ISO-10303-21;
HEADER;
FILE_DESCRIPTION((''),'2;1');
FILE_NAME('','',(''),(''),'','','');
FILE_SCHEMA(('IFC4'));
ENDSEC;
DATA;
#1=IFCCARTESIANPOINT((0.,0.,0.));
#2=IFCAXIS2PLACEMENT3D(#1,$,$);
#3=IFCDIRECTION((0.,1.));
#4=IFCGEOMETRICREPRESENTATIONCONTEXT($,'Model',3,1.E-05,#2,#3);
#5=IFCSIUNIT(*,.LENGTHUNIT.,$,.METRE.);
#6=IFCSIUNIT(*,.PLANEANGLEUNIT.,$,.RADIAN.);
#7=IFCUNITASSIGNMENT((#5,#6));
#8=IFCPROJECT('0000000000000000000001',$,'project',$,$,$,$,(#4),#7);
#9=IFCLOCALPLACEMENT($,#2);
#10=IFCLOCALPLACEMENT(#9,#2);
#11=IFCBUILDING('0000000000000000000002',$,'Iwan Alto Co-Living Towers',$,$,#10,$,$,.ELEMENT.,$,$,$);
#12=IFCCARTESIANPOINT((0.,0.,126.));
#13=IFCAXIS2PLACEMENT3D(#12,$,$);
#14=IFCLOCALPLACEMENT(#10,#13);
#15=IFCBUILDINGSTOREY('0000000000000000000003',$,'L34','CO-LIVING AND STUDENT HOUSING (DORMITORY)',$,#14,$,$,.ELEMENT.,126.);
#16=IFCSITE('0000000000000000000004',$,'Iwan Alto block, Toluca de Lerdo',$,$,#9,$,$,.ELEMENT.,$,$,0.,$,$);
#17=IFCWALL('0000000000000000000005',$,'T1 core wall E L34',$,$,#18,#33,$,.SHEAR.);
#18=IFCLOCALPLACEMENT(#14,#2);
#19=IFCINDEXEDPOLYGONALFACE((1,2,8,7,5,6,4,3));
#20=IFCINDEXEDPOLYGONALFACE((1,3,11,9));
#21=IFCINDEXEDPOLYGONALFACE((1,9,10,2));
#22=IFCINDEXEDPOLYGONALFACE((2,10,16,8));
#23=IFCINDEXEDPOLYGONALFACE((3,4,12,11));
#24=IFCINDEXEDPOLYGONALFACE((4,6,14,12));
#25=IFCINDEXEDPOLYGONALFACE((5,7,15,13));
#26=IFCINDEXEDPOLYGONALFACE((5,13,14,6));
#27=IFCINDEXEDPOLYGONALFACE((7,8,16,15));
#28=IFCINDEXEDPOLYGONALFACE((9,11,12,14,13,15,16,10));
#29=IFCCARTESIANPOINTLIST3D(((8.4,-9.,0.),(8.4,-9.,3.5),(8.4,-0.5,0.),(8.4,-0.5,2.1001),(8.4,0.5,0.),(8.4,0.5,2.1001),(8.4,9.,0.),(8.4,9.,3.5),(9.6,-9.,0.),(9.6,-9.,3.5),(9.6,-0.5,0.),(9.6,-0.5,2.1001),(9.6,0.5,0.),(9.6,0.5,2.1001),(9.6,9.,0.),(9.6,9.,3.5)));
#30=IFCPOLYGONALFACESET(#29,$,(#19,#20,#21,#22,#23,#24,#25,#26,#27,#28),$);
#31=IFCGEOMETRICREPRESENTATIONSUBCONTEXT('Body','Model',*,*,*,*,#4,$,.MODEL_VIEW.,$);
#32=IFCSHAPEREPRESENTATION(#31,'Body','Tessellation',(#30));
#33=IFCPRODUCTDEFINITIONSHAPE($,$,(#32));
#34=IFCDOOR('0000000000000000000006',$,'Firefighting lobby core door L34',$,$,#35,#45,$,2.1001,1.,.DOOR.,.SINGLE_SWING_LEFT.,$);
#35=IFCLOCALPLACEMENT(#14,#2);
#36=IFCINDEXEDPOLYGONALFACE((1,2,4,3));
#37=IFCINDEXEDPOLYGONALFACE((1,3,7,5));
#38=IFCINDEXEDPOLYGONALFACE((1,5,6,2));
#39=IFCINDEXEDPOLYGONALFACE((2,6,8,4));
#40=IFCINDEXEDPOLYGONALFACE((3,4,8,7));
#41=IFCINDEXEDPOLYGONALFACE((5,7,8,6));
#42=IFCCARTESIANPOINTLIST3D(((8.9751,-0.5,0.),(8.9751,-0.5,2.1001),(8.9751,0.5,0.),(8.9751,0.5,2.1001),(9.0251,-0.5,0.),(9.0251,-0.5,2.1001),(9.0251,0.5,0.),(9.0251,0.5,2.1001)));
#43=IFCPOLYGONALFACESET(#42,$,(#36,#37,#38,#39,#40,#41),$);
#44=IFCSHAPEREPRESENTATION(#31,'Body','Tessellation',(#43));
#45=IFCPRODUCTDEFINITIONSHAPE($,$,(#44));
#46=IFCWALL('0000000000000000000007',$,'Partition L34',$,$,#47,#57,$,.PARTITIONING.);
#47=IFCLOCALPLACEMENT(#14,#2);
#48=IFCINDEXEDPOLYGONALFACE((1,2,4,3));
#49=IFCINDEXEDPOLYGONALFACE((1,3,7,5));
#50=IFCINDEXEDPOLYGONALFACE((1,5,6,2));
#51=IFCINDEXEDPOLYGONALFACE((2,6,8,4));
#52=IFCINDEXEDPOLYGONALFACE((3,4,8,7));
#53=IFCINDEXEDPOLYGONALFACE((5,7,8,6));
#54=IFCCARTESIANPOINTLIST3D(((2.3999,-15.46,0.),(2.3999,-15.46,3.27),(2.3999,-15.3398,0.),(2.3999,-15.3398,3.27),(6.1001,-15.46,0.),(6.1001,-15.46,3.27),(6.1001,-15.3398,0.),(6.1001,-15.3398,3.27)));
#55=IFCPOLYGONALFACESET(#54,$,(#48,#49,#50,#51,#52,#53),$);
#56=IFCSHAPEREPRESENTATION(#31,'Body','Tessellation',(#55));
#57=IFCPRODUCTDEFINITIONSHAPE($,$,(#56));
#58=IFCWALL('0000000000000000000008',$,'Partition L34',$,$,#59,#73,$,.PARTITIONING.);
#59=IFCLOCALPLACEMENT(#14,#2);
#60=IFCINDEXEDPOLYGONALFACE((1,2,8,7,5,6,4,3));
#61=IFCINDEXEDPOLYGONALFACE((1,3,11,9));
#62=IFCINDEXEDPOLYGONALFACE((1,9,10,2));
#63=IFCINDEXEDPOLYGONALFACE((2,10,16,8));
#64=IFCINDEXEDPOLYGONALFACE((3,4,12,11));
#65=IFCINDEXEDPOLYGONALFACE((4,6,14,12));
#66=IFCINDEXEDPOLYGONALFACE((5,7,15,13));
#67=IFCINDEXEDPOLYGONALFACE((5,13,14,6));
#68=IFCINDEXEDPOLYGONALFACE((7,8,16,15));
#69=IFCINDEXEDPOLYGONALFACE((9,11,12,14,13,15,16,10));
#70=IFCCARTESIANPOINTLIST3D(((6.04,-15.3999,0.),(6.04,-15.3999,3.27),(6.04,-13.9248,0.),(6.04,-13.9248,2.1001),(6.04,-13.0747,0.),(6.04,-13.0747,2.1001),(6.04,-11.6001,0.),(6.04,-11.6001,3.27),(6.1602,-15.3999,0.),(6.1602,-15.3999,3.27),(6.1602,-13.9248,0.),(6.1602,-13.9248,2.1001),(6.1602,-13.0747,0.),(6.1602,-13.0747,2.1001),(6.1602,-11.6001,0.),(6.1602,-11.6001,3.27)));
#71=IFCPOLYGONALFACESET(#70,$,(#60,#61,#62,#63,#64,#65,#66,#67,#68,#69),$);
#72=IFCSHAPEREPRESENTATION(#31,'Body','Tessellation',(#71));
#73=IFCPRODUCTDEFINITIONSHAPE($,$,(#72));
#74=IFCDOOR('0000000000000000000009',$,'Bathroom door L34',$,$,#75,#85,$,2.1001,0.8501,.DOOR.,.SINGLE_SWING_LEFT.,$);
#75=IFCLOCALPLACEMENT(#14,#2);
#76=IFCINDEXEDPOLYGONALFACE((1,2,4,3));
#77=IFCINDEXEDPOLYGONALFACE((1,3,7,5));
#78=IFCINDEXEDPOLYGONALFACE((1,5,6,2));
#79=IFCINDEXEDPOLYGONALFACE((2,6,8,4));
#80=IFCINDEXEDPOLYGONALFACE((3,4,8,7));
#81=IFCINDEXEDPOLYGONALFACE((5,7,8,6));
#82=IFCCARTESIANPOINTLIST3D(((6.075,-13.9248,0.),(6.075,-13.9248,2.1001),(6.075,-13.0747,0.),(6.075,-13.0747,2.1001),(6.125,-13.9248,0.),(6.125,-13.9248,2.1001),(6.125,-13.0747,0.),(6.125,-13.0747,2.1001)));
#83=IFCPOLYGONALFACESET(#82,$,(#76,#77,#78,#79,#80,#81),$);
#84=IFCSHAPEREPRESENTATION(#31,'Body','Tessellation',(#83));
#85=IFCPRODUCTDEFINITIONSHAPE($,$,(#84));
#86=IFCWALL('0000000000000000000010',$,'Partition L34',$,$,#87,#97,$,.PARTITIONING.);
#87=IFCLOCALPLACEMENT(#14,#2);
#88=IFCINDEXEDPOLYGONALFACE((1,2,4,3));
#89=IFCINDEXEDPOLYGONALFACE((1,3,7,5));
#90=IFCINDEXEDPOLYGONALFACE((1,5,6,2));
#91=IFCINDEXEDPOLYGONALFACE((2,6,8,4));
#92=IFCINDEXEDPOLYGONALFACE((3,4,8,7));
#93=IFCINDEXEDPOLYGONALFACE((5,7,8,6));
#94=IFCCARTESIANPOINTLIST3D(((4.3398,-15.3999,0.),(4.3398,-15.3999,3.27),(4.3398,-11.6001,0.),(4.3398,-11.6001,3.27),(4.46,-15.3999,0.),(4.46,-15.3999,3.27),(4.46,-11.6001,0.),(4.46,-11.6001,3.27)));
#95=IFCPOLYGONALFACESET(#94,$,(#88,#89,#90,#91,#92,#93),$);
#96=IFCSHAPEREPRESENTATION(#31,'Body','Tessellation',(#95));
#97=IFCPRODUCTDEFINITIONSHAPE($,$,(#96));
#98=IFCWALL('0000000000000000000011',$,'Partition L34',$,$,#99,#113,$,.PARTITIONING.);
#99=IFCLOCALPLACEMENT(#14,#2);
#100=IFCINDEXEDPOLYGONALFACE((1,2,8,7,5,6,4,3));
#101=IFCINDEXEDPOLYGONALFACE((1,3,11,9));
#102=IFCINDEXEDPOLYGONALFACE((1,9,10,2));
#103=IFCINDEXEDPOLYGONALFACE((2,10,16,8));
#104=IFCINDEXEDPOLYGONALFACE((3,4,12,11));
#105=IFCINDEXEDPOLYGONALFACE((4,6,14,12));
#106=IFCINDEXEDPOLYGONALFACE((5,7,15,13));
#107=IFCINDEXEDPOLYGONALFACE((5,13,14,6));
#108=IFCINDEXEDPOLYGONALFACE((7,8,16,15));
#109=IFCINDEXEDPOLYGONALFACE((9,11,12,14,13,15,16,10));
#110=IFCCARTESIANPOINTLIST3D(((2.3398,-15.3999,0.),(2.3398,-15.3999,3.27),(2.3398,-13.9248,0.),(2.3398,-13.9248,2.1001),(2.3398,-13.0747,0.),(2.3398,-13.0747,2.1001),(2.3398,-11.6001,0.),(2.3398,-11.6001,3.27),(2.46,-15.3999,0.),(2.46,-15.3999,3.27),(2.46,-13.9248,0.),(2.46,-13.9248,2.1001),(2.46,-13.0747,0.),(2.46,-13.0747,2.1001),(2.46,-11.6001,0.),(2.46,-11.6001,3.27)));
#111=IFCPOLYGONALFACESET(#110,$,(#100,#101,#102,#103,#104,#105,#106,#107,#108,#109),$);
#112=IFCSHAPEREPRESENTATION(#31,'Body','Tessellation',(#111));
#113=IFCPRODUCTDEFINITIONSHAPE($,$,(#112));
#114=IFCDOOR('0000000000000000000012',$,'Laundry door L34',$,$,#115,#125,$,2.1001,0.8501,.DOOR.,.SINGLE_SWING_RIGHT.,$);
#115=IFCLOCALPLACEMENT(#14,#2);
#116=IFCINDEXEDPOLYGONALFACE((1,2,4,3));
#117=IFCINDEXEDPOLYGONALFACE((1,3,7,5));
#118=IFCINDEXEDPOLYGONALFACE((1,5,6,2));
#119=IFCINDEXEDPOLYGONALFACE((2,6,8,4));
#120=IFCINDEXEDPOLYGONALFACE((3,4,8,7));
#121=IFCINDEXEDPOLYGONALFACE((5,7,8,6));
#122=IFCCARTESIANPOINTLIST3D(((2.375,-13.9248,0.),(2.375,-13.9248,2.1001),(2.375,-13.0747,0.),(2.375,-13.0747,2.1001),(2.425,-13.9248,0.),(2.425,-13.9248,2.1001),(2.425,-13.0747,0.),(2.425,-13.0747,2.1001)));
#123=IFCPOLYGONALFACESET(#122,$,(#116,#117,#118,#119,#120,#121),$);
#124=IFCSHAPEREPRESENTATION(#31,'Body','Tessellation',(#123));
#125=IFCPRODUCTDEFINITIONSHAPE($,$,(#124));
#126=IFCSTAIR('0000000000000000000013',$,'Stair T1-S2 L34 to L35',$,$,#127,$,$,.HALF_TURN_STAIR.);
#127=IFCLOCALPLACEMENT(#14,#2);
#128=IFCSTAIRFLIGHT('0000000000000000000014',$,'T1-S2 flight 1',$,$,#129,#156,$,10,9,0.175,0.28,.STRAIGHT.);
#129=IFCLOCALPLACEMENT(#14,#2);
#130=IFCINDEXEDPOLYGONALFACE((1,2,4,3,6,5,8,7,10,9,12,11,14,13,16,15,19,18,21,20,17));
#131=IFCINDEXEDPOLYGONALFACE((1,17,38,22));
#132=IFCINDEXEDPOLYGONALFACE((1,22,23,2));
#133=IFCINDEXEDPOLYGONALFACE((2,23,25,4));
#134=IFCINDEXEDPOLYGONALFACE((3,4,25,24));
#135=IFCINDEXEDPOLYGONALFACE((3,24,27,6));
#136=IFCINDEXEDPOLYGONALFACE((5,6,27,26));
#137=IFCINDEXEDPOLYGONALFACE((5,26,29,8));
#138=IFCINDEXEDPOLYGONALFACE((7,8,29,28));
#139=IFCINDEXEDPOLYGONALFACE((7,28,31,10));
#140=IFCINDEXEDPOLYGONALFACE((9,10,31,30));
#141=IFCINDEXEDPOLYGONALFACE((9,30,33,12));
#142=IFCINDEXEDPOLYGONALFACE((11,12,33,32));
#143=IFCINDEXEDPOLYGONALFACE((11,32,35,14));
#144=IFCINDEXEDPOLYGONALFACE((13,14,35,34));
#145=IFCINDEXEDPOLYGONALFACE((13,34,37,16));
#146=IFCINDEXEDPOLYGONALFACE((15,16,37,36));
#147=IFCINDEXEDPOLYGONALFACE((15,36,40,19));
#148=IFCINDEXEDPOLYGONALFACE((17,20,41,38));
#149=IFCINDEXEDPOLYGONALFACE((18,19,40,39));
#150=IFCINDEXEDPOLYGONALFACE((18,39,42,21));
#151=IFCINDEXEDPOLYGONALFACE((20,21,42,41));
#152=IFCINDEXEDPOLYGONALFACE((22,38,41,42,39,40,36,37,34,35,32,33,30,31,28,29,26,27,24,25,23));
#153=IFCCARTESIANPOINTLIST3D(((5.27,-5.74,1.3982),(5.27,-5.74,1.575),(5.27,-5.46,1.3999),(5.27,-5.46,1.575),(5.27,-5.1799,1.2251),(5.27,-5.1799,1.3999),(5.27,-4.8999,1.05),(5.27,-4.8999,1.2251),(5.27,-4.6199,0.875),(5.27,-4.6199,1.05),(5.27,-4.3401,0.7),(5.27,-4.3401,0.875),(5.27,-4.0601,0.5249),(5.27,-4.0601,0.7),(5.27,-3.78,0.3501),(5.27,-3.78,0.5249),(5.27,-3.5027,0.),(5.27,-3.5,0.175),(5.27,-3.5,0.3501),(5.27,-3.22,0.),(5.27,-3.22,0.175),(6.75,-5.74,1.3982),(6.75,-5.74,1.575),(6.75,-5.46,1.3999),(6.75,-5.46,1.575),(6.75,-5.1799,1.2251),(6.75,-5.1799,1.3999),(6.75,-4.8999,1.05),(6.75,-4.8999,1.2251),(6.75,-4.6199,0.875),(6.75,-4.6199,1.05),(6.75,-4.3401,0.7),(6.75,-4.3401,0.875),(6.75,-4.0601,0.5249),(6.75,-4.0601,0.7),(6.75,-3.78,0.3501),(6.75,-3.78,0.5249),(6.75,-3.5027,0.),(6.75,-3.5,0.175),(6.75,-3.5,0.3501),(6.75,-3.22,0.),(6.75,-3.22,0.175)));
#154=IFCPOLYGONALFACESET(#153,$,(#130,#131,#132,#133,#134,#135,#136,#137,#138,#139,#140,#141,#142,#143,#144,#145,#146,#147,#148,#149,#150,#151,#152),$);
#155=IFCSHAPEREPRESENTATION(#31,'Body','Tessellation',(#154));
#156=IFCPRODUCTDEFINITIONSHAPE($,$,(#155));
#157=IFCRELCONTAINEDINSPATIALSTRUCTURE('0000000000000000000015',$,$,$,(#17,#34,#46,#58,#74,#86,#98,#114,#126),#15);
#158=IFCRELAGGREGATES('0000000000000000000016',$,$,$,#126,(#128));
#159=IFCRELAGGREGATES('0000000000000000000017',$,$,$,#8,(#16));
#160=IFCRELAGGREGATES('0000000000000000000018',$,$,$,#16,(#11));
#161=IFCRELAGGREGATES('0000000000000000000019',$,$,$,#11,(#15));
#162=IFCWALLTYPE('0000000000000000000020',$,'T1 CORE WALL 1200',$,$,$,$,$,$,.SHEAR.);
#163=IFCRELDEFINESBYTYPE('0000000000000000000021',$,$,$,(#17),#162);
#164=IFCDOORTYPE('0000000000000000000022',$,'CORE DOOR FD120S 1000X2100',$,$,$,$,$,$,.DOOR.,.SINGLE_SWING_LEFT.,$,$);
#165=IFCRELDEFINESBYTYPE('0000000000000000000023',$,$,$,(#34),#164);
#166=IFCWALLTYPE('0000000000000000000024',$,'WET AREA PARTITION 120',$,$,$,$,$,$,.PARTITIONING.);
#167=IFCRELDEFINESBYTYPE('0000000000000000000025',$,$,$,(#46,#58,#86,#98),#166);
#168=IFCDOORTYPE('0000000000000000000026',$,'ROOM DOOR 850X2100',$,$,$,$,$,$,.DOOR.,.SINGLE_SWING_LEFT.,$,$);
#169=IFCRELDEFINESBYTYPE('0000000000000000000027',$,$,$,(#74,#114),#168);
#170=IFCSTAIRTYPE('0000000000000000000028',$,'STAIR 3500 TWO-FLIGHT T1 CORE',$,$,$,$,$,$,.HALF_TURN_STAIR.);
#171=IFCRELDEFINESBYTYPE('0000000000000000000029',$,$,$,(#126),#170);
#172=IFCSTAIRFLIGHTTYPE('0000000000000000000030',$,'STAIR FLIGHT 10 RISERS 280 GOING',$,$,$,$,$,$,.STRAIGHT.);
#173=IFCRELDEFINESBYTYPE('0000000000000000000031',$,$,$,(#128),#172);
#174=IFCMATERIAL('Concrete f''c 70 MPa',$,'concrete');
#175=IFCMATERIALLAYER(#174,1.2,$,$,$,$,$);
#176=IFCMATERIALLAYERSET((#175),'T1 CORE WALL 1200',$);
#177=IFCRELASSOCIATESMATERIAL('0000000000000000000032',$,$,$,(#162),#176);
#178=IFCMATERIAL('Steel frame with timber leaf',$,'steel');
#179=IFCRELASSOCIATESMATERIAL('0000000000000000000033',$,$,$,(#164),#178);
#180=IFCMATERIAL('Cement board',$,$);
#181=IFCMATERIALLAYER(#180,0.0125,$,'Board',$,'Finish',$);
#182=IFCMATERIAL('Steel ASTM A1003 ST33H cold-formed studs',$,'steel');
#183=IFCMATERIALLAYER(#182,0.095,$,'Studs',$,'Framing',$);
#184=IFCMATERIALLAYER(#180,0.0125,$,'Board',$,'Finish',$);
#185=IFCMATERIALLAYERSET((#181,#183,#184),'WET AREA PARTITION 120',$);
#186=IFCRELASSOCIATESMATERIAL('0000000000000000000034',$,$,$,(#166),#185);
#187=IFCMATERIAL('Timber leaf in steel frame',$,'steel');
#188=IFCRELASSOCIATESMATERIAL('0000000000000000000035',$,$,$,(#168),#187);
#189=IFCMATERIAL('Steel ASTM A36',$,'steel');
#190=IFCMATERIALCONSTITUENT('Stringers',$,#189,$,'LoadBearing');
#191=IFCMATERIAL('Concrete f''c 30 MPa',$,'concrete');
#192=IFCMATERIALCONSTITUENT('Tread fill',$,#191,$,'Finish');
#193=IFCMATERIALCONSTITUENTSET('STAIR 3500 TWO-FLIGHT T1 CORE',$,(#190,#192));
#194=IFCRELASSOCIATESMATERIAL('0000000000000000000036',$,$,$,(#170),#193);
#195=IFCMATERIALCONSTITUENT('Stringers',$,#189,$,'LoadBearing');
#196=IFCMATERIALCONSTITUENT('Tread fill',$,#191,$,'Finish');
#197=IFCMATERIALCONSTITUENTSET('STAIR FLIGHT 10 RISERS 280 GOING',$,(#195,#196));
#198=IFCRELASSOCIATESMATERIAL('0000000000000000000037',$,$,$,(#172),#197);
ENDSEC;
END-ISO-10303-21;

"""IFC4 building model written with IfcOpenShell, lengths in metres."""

from ifc_helpers import new_model, si_unit, direction, frame, frame_2d, origin, place, context, subcontext, project, spatial, polyline, rectangle, outline, extrude, material, layer, layer_set, constituent, constituent_set, type_object, element, fill, aggregate, save


model = new_model("IFC4")

# Units and contexts
model_context = context("Model", 3, precision=1e-05, world=origin(), true_north=direction((0.0, 1.0)))
body_context = subcontext(model_context, "Body", "Model", "MODEL_VIEW")
ifc_project = project(units=[si_unit("LENGTHUNIT", "METRE"), si_unit("PLANEANGLEUNIT", "RADIAN")], contexts=[model_context])

# Site, building, storey
site_placement = place(None, origin())
site = spatial("IfcSite", under=ifc_project, at=site_placement, Name="Iwan Alto block, Toluca de Lerdo", CompositionType="ELEMENT", RefElevation=0.0)
building_placement = place(site_placement, origin())
building = spatial("IfcBuilding", under=site, at=building_placement, Name="Iwan Alto Co-Living Towers", CompositionType="ELEMENT")
storey_placement = place(building_placement, frame((0.0, 0.0, 126.0)))
storey = spatial("IfcBuildingStorey", under=building, at=storey_placement, Name="L34", Description="CO-LIVING AND STUDENT HOUSING (DORMITORY)", CompositionType="ELEMENT", Elevation=126.0)

# Wall, opening, door
ifc_material_1 = material(Name="Concrete f'c 70 MPa", Category="concrete")
ifc_layer_1 = layer(ifc_material_1, 1.2)
ifc_layer_set_1 = layer_set([ifc_layer_1], Name="T1 CORE WALL 1200")
wall_type_1 = type_object("IfcWallType", Name="T1 CORE WALL 1200", PredefinedType="SHEAR", material=ifc_layer_set_1)
wall_1_placement = place(storey_placement, frame((9.0, -9.0, 0.0), z_axis=(0.0, 0.0, 1.0), x_axis=(0.0, 1.0, 0.0)))
wall_1 = element("IfcWall", 1, at=wall_1_placement, inside=storey, type_object=wall_type_1, Name="T1 core wall E L34", PredefinedType="SHEAR", context=body_context, shape_type="SweptSolid", body=[
    extrude(rectangle(XDim=18.0, YDim=1.2, at=frame_2d((9.0, 0.0))), origin(), (0.0, 0.0, 1.0), 3.5),
])
opening_1_placement = place(wall_1_placement, frame((8.5, 0.0, 0.0)))
opening_1 = element("IfcOpeningElement", 2, at=opening_1_placement, cuts=wall_1, PredefinedType="OPENING", context=body_context, shape_type="SweptSolid", body=[
    extrude(rectangle(XDim=1.0, YDim=2.1001, at=frame_2d((0.5, 1.05))), frame((0.0, 0.6099, 0.0), z_axis=(0.0, -1.0, 0.0), x_axis=(1.0, 0.0, 0.0)), (0.0, 0.0, 1.0), 1.22),
])
ifc_material_2 = material(Name="Steel frame with timber leaf", Category="steel")
door_type_1 = type_object("IfcDoorType", Name="CORE DOOR FD120S 1000X2100", OperationType="SINGLE_SWING_LEFT", PredefinedType="DOOR", material=ifc_material_2)
door_1_placement = place(opening_1_placement, origin())
door_1 = element("IfcDoor", 3, at=door_1_placement, inside=storey, type_object=door_type_1, Name="Firefighting lobby core door L34", OperationType="SINGLE_SWING_LEFT", OverallHeight=2.1001, OverallWidth=1.0, PredefinedType="DOOR", context=body_context, shape_type="SweptSolid", body=[
    extrude(rectangle(XDim=1.0, YDim=2.1001, at=frame_2d((0.5, 1.05))), frame((0.0, 0.0249, 0.0), z_axis=(0.0, -1.0, 0.0), x_axis=(1.0, 0.0, 0.0)), (0.0, 0.0, 1.0), 0.05),
])
fill(opening_1, door_1)

# Wall
ifc_material_3 = material(Name="Cement board")
ifc_layer_2 = layer(ifc_material_3, 0.0125, Name="Board", Category="Finish")
ifc_material_4 = material(Name="Steel ASTM A1003 ST33H cold-formed studs", Category="steel")
ifc_layer_3 = layer(ifc_material_4, 0.095, Name="Studs", Category="Framing")
ifc_layer_4 = layer(ifc_material_3, 0.0125, Name="Board", Category="Finish")
ifc_layer_set_2 = layer_set([ifc_layer_2, ifc_layer_3, ifc_layer_4], Name="WET AREA PARTITION 120")
wall_type_2 = type_object("IfcWallType", Name="WET AREA PARTITION 120", PredefinedType="PARTITIONING", material=ifc_layer_set_2)
wall_2_placement = place(storey_placement, frame((2.3999, -15.3999, 0.0), z_axis=(0.0, 0.0, 1.0), x_axis=(1.0, 0.0, 0.0)))
element("IfcWall", 4, at=wall_2_placement, inside=storey, type_object=wall_type_2, Name="Partition L34", PredefinedType="PARTITIONING", context=body_context, shape_type="SweptSolid", body=[
    extrude(rectangle(XDim=3.7002, YDim=0.1201, at=frame_2d((1.8501, 0.0))), origin(), (0.0, 0.0, 1.0), 3.27),
])

# Wall, opening, door
wall_3_placement = place(storey_placement, frame((6.1001, -15.3999, 0.0), z_axis=(0.0, 0.0, 1.0), x_axis=(0.0, 1.0, 0.0)))
wall_3 = element("IfcWall", 5, at=wall_3_placement, inside=storey, type_object=wall_type_2, Name="Partition L34", PredefinedType="PARTITIONING", context=body_context, shape_type="SweptSolid", body=[
    extrude(rectangle(XDim=3.7998, YDim=0.1201, at=frame_2d((1.8999, 0.0))), origin(), (0.0, 0.0, 1.0), 3.27),
])
opening_2_placement = place(wall_3_placement, frame((1.4751, 0.0, 0.0)))
opening_2 = element("IfcOpeningElement", 6, at=opening_2_placement, cuts=wall_3, PredefinedType="OPENING", context=body_context, shape_type="SweptSolid", body=[
    extrude(rectangle(XDim=0.8501, YDim=2.1001, at=frame_2d((0.425, 1.05))), frame((0.0, 0.0701, 0.0), z_axis=(0.0, -1.0, 0.0), x_axis=(1.0, 0.0, 0.0)), (0.0, 0.0, 1.0), 0.1401),
])
ifc_material_5 = material(Name="Timber leaf in steel frame", Category="steel")
door_type_2 = type_object("IfcDoorType", Name="ROOM DOOR 850X2100", OperationType="SINGLE_SWING_LEFT", PredefinedType="DOOR", material=ifc_material_5)
door_2_placement = place(opening_2_placement, frame((0.8501, 0.0, 0.0), z_axis=(0.0, 0.0, 1.0), x_axis=(-1.0, 0.0, 0.0)))
door_2 = element("IfcDoor", 7, at=door_2_placement, inside=storey, type_object=door_type_2, Name="Bathroom door L34", OperationType="SINGLE_SWING_LEFT", OverallHeight=2.1001, OverallWidth=0.8501, PredefinedType="DOOR", context=body_context, shape_type="SweptSolid", body=[
    extrude(rectangle(XDim=0.8501, YDim=2.1001, at=frame_2d((0.425, 1.05))), frame((0.0, 0.0249, 0.0), z_axis=(0.0, -1.0, 0.0), x_axis=(1.0, 0.0, 0.0)), (0.0, 0.0, 1.0), 0.05),
])
fill(opening_2, door_2)

# Wall
wall_4_placement = place(storey_placement, frame((4.3999, -15.3999, 0.0), z_axis=(0.0, 0.0, 1.0), x_axis=(0.0, 1.0, 0.0)))
element("IfcWall", 8, at=wall_4_placement, inside=storey, type_object=wall_type_2, Name="Partition L34", PredefinedType="PARTITIONING", context=body_context, shape_type="SweptSolid", body=[
    extrude(rectangle(XDim=3.7998, YDim=0.1201, at=frame_2d((1.8999, 0.0))), origin(), (0.0, 0.0, 1.0), 3.27),
])

# Wall, opening, door
wall_5_placement = place(storey_placement, frame((2.3999, -15.3999, 0.0), z_axis=(0.0, 0.0, 1.0), x_axis=(0.0, 1.0, 0.0)))
wall_5 = element("IfcWall", 9, at=wall_5_placement, inside=storey, type_object=wall_type_2, Name="Partition L34", PredefinedType="PARTITIONING", context=body_context, shape_type="SweptSolid", body=[
    extrude(rectangle(XDim=3.7998, YDim=0.1201, at=frame_2d((1.8999, 0.0))), origin(), (0.0, 0.0, 1.0), 3.27),
])
opening_3_placement = place(wall_5_placement, frame((1.4751, 0.0, 0.0)))
opening_3 = element("IfcOpeningElement", 10, at=opening_3_placement, cuts=wall_5, PredefinedType="OPENING", context=body_context, shape_type="SweptSolid", body=[
    extrude(rectangle(XDim=0.8501, YDim=2.1001, at=frame_2d((0.425, 1.05))), frame((0.0, 0.0701, 0.0), z_axis=(0.0, -1.0, 0.0), x_axis=(1.0, 0.0, 0.0)), (0.0, 0.0, 1.0), 0.1401),
])
door_3_placement = place(opening_3_placement, origin())
door_3 = element("IfcDoor", 11, at=door_3_placement, inside=storey, type_object=door_type_2, Name="Laundry door L34", OperationType="SINGLE_SWING_RIGHT", OverallHeight=2.1001, OverallWidth=0.8501, PredefinedType="DOOR", context=body_context, shape_type="SweptSolid", body=[
    extrude(rectangle(XDim=0.8501, YDim=2.1001, at=frame_2d((0.425, 1.05))), frame((0.0, 0.0249, 0.0), z_axis=(0.0, -1.0, 0.0), x_axis=(1.0, 0.0, 0.0)), (0.0, 0.0, 1.0), 0.05),
])
fill(opening_3, door_3)

# Stair, stair flight
ifc_material_6 = material(Name="Steel ASTM A36", Category="steel")
ifc_constituent_1 = constituent(ifc_material_6, Name="Stringers", Category="LoadBearing")
ifc_material_7 = material(Name="Concrete f'c 30 MPa", Category="concrete")
ifc_constituent_2 = constituent(ifc_material_7, Name="Tread fill", Category="Finish")
ifc_constituent_set_1 = constituent_set(constituents=[ifc_constituent_1, ifc_constituent_2], Name="STAIR 3500 TWO-FLIGHT T1 CORE")
stair_type = type_object("IfcStairType", Name="STAIR 3500 TWO-FLIGHT T1 CORE", PredefinedType="HALF_TURN_STAIR", material=ifc_constituent_set_1)
stair_placement = place(storey_placement, origin())
stair = element("IfcStair", 12, at=stair_placement, inside=storey, type_object=stair_type, Name="Stair T1-S2 L34 to L35", PredefinedType="HALF_TURN_STAIR")
ifc_constituent_3 = constituent(ifc_material_6, Name="Stringers", Category="LoadBearing")
ifc_constituent_4 = constituent(ifc_material_7, Name="Tread fill", Category="Finish")
ifc_constituent_set_2 = constituent_set(constituents=[ifc_constituent_3, ifc_constituent_4], Name="STAIR FLIGHT 10 RISERS 280 GOING")
stair_flight_type = type_object("IfcStairFlightType", Name="STAIR FLIGHT 10 RISERS 280 GOING", PredefinedType="STRAIGHT", material=ifc_constituent_set_2)
stair_flight_1_placement = place(storey_placement, frame((6.01, -3.22, 0.0), z_axis=(0.0, 0.0, 1.0), x_axis=(0.0, -1.0, 0.0)))
stair_flight_1 = element("IfcStairFlight", 13, at=stair_flight_1_placement, type_object=stair_flight_type, Name="T1-S2 flight 1", NumberOfRisers=10, NumberOfTreads=9, PredefinedType="STRAIGHT", RiserHeight=0.175, TreadLength=0.28, context=body_context, shape_type="SweptSolid", body=[
    extrude(outline(polyline([(0.0, 0.0), (0.0, 0.175), (0.28, 0.175), (0.28, 0.3501), (0.5601, 0.3501), (0.5601, 0.5249), (0.8401, 0.5249), (0.8401, 0.7), (1.1201, 0.7), (1.1201, 0.875), (1.3999, 0.875), (1.3999, 1.05), (1.6799, 1.05), (1.6799, 1.2251), (1.96, 1.2251), (1.96, 1.3999), (2.24, 1.3999), (2.24, 1.575), (2.52, 1.575), (2.52, 1.75), (2.52, 1.3982), (0.2827, 0.0), (0.0, 0.0)])), frame((0.0, 0.74, 0.0), z_axis=(0.0, -1.0, 0.0), x_axis=(1.0, 0.0, 0.0)), (0.0, 0.0, 1.0), 1.48),
])
aggregate(stair, [stair_flight_1])

save(model, "model.ifc")
